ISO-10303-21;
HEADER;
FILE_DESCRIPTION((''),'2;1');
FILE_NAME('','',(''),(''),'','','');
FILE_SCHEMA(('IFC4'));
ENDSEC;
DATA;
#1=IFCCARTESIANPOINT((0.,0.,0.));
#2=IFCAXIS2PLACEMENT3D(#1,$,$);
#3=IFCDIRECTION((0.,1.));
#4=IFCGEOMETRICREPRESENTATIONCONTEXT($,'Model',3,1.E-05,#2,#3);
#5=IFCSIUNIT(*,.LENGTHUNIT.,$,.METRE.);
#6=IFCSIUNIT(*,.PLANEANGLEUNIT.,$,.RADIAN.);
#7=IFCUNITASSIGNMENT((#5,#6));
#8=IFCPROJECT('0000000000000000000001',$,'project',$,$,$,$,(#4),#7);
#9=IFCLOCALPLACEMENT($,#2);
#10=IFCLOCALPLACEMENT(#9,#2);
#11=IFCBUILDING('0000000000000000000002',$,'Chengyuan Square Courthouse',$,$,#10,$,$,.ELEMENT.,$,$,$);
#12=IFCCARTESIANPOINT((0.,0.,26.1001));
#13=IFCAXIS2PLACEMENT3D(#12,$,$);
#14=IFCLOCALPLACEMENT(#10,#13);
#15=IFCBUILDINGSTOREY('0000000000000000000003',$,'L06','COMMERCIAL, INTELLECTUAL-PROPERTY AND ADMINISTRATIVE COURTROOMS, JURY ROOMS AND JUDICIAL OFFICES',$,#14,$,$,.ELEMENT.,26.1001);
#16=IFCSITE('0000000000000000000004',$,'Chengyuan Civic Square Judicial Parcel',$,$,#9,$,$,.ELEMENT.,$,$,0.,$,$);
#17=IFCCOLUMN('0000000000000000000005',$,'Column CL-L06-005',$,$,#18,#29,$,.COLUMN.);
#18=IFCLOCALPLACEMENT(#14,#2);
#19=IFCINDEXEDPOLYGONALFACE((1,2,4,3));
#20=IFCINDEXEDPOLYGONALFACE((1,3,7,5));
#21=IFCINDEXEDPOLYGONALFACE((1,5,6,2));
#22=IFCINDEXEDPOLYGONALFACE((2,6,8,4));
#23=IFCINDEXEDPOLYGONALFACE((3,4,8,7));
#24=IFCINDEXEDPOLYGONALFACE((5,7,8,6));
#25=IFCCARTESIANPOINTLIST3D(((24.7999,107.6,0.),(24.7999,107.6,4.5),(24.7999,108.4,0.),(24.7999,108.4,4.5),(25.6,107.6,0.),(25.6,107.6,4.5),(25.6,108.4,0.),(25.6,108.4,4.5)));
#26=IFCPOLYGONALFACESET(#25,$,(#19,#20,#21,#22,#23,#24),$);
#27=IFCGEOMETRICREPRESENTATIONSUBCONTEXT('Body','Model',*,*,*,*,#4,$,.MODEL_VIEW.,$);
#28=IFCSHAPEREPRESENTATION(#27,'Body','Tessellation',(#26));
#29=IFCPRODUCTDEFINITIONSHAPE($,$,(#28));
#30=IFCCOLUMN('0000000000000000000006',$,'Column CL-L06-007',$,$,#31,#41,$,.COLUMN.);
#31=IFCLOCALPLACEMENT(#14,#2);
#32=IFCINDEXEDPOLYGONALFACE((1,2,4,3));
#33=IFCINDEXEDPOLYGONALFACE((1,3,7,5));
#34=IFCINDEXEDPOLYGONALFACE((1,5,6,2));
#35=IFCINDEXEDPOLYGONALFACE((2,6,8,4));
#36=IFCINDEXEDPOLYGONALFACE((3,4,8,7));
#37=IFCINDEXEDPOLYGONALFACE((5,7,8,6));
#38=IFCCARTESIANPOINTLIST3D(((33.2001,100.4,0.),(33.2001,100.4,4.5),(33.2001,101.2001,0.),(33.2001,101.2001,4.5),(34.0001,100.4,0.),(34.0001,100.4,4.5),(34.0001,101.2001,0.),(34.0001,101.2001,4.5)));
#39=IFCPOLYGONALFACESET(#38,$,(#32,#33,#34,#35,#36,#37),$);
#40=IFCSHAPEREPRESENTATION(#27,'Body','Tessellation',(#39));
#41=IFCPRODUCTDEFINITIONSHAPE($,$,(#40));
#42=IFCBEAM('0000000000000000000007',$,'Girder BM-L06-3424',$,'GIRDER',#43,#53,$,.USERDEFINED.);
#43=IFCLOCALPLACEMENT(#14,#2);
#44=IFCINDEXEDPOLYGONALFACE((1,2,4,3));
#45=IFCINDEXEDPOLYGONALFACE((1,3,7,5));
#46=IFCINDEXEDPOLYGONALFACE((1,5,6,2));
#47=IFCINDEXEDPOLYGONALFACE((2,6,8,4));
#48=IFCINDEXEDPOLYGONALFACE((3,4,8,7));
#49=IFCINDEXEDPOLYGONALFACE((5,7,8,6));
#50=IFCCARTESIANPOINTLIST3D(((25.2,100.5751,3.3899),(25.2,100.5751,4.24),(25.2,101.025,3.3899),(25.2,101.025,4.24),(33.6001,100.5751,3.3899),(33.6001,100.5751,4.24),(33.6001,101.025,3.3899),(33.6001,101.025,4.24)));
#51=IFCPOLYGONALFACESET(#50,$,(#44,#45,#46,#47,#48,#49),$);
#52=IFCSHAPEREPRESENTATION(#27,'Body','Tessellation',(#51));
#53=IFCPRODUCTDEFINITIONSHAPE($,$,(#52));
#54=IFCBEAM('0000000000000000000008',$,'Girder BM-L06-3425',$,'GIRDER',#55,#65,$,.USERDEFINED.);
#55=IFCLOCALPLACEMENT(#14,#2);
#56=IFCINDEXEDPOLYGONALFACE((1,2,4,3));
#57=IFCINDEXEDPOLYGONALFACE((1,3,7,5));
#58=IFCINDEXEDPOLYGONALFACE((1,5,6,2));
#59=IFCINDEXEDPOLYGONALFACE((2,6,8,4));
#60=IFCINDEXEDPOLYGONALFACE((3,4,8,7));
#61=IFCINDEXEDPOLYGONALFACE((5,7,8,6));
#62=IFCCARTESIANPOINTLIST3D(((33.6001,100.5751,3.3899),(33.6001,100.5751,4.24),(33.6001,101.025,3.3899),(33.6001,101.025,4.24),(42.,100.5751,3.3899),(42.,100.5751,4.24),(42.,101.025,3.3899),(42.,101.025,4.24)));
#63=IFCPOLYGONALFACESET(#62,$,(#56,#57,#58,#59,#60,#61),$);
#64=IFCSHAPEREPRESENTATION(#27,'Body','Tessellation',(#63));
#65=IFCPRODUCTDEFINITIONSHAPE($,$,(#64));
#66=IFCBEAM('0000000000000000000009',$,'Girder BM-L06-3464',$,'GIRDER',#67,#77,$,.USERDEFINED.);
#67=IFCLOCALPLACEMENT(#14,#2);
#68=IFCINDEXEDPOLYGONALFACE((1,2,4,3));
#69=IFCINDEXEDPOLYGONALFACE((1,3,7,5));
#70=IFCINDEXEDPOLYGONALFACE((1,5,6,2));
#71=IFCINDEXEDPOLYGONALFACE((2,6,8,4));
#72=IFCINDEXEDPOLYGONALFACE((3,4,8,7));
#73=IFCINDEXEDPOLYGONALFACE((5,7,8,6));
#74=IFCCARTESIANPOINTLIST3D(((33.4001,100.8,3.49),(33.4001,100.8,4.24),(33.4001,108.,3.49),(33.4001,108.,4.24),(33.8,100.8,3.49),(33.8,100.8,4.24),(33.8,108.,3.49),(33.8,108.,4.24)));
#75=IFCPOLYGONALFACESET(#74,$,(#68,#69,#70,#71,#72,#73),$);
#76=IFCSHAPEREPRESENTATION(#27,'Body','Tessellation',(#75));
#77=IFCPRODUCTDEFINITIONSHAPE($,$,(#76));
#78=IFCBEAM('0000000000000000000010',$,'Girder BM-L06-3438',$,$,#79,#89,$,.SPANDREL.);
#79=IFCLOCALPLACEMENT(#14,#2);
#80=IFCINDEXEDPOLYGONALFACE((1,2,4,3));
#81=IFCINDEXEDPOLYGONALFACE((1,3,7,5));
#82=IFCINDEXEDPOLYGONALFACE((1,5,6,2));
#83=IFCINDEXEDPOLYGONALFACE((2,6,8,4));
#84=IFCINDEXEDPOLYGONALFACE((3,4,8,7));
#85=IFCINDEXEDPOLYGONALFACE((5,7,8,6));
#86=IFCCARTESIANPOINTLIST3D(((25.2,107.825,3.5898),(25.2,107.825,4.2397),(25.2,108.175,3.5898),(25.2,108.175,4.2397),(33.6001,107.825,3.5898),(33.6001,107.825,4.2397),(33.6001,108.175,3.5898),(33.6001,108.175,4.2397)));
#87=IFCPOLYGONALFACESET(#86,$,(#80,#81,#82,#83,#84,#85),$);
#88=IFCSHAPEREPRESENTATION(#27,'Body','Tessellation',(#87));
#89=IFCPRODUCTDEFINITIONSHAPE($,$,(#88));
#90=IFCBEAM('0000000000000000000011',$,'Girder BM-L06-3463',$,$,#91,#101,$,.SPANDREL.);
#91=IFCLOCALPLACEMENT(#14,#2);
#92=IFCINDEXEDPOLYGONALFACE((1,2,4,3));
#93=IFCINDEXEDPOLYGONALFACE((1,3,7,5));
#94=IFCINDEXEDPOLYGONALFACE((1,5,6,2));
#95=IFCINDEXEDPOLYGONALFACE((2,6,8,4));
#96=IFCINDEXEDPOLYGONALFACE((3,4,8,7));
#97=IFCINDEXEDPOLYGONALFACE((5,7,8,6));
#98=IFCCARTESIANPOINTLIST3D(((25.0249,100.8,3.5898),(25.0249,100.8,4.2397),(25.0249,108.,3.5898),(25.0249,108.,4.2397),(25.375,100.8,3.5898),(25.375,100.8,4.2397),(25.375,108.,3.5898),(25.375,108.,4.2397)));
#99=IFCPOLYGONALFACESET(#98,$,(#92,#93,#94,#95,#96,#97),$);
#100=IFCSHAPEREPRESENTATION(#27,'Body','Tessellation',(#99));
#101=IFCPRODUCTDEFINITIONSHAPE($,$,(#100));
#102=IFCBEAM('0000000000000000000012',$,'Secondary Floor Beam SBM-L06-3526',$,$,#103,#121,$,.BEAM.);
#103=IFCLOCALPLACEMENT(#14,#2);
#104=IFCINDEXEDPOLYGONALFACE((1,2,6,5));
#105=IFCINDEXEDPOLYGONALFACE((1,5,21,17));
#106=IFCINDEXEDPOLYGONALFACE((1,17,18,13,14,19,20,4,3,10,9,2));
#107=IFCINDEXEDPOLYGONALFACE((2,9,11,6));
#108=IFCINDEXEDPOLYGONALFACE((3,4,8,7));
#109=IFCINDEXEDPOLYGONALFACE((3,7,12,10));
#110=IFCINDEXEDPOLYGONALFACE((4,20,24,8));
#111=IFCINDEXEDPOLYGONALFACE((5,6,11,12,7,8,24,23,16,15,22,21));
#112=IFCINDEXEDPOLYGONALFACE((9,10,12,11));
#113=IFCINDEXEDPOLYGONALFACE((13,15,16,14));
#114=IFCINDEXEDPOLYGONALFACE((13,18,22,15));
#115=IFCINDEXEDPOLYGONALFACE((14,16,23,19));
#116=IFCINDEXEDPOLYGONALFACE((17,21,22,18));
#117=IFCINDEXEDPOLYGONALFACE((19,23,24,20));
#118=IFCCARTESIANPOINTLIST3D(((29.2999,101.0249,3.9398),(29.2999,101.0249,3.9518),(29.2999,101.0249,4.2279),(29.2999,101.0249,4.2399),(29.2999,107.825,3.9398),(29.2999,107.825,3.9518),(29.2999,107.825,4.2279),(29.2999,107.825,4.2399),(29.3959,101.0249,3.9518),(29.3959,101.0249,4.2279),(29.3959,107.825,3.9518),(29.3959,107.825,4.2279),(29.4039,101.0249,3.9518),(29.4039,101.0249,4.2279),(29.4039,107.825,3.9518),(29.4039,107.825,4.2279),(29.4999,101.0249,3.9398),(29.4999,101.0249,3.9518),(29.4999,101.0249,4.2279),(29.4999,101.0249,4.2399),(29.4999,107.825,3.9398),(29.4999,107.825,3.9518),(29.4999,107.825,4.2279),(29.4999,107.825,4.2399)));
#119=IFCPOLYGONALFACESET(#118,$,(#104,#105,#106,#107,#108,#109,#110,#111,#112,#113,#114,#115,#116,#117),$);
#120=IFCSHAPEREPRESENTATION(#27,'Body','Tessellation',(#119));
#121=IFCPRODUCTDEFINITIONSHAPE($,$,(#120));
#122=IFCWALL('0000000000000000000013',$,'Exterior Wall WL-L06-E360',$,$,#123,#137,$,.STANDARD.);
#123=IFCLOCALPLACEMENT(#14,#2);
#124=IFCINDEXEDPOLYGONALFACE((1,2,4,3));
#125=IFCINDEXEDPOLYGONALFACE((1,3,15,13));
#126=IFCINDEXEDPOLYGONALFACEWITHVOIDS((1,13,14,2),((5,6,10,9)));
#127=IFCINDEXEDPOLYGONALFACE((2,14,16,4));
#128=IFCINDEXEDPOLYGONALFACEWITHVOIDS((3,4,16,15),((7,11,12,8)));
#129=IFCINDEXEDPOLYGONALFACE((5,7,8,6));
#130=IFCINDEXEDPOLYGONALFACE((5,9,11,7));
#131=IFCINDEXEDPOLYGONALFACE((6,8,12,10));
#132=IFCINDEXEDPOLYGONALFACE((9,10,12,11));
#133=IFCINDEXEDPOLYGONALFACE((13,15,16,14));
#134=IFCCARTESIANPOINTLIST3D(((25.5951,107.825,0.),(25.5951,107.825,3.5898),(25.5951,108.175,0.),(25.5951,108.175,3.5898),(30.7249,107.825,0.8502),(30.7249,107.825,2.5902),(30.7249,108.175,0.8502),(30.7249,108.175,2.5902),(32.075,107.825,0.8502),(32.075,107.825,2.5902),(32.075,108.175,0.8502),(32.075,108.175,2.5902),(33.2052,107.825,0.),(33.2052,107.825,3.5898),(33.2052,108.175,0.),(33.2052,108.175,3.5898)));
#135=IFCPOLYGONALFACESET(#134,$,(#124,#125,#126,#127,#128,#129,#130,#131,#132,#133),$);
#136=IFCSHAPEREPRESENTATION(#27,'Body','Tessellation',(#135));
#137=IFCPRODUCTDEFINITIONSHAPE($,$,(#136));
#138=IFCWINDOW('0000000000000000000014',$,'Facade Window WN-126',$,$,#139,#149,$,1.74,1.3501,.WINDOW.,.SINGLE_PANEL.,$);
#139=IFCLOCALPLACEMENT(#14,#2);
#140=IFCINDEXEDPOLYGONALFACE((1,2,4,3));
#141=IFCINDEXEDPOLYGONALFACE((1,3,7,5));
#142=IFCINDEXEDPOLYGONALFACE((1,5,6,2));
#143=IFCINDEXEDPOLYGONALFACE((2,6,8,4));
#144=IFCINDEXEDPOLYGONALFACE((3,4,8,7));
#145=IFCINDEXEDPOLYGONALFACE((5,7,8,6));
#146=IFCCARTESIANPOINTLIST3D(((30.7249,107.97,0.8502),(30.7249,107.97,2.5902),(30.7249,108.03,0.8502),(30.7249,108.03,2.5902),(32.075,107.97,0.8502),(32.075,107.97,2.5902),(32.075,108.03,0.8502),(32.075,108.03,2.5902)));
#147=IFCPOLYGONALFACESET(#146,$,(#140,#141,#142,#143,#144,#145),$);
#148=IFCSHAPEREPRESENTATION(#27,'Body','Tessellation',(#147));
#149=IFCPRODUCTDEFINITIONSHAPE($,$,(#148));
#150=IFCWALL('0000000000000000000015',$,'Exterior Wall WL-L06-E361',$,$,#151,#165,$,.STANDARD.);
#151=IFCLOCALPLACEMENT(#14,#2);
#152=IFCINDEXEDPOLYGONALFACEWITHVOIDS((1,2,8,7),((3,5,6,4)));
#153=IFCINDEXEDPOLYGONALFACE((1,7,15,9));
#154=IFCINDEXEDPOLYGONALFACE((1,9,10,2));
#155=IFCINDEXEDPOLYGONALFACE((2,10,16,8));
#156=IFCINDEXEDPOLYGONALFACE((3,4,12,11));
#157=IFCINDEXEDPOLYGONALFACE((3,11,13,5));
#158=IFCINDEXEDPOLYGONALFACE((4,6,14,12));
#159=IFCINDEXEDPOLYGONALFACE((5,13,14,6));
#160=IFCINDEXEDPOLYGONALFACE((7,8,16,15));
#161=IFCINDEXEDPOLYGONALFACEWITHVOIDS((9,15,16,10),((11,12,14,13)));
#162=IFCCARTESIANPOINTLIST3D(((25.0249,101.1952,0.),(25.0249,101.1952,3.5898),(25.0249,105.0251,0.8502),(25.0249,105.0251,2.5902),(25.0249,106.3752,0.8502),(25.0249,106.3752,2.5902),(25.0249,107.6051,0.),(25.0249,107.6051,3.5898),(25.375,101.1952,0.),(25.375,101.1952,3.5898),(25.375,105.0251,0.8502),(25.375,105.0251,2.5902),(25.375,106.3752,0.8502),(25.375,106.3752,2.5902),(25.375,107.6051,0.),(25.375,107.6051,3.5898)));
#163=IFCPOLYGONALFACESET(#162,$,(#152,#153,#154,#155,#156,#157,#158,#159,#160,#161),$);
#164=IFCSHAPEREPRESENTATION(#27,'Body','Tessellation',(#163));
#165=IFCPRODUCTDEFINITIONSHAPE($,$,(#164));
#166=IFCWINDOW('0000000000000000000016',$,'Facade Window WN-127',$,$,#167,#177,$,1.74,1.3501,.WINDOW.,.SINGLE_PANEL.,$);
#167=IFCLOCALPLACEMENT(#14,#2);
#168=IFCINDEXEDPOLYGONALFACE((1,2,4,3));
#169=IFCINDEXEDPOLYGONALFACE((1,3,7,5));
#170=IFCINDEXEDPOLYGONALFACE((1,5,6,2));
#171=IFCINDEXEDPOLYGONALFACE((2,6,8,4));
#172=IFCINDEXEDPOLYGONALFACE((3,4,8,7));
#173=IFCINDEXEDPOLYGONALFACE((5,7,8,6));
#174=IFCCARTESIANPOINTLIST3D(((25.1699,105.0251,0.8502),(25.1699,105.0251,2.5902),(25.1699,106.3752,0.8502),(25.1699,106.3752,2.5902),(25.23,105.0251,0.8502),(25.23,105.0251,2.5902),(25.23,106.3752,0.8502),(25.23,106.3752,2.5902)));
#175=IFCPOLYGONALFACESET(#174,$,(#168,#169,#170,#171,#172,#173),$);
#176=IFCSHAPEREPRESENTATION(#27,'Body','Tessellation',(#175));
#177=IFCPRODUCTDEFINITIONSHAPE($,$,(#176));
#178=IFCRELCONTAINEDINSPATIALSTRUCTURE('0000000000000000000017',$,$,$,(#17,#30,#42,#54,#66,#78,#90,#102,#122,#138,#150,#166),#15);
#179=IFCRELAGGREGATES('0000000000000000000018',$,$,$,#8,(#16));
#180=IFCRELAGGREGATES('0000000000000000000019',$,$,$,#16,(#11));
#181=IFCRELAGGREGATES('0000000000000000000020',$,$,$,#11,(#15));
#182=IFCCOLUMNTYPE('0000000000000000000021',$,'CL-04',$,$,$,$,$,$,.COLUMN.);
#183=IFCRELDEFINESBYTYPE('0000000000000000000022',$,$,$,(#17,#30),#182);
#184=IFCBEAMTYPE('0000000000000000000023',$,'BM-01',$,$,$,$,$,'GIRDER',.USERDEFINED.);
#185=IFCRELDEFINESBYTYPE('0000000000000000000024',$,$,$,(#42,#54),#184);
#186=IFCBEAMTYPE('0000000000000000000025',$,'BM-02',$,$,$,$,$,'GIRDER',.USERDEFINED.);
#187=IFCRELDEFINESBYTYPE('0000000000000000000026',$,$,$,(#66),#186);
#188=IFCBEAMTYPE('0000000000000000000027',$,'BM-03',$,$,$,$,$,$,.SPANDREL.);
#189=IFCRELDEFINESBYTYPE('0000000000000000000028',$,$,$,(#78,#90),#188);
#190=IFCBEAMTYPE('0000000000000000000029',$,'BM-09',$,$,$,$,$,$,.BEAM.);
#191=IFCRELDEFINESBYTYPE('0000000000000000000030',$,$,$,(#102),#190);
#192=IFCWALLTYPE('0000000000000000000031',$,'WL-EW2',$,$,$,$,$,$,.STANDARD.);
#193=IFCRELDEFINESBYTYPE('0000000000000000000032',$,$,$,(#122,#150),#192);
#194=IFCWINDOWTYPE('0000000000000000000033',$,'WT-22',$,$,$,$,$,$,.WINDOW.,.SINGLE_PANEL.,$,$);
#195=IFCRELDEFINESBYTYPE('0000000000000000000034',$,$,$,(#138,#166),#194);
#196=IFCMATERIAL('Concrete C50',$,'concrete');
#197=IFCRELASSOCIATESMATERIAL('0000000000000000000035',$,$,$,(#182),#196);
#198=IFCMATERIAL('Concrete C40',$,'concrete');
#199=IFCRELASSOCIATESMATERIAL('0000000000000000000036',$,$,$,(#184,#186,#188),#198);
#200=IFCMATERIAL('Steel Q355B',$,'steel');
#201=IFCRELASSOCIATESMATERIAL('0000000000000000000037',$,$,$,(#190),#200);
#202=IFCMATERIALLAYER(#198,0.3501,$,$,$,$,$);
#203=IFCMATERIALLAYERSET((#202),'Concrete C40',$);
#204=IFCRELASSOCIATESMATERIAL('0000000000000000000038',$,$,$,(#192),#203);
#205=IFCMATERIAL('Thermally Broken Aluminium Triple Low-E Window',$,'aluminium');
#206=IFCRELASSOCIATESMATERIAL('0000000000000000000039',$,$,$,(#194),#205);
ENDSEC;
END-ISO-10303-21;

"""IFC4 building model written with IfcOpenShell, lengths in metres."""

from ifc_helpers import new_model, si_unit, direction, frame, frame_2d, origin, origin_2d, place, context, subcontext, project, spatial, rectangle, i_section, extrude, material, layer, layer_set, material_profile, profile_set, type_object, element, fill, save


model = new_model("IFC4")

# Units and contexts
model_context = context("Model", 3, precision=1e-05, world=origin(), true_north=direction((0.0, 1.0)))
body_context = subcontext(model_context, "Body", "Model", "MODEL_VIEW")
ifc_project = project(units=[si_unit("LENGTHUNIT", "METRE"), si_unit("PLANEANGLEUNIT", "RADIAN")], contexts=[model_context])

# Site, building, storey
site_placement = place(None, origin())
site = spatial("IfcSite", under=ifc_project, at=site_placement, Name="Chengyuan Civic Square Judicial Parcel", CompositionType="ELEMENT", RefElevation=0.0)
building_placement = place(site_placement, origin())
building = spatial("IfcBuilding", under=site, at=building_placement, Name="Chengyuan Square Courthouse", CompositionType="ELEMENT")
storey_placement = place(building_placement, frame((0.0, 0.0, 26.1001)))
storey = spatial("IfcBuildingStorey", under=building, at=storey_placement, Name="L06", Description="COMMERCIAL, INTELLECTUAL-PROPERTY AND ADMINISTRATIVE COURTROOMS, JURY ROOMS AND JUDICIAL OFFICES", CompositionType="ELEMENT", Elevation=26.1001)

# Columns
ifc_material_1 = material(Name="Concrete C50", Category="concrete")
ifc_material_profile_1 = material_profile(ifc_material_1, rectangle(XDim=0.8, YDim=0.8, at=origin_2d()), Name="RC-COL-800x800")
ifc_profile_set_1 = profile_set([ifc_material_profile_1], Name="Concrete C50")
column_type = type_object("IfcColumnType", Name="CL-04", PredefinedType="COLUMN", material=ifc_profile_set_1)
for number, where, z_axis, x_axis, name in (
    (1, (25.2, 108.0, 0.0), (0.0, 0.0, 1.0), (1.0, 0.0, 0.0), "Column CL-L06-005"),
    (2, (33.6001, 100.8, 0.0), (0.0, 0.0, 1.0), (1.0, 0.0, 0.0), "Column CL-L06-007"),
):
    element("IfcColumn", number, at=place(storey_placement, frame(where, z_axis=z_axis, x_axis=x_axis)), inside=storey, type_object=column_type, Name=name, PredefinedType="COLUMN", context=body_context, shape_type="SweptSolid", body=[
        extrude(rectangle(XDim=0.8, YDim=0.8, at=origin_2d()), origin(), (0.0, 0.0, 1.0), 4.5),
    ])

# Beams
ifc_material_2 = material(Name="Concrete C40", Category="concrete")
ifc_material_profile_2 = material_profile(ifc_material_2, rectangle(XDim=0.45, YDim=0.8501, at=origin_2d()), Name="RC-BM-450x850")
ifc_profile_set_2 = profile_set([ifc_material_profile_2], Name="Concrete C40")
beam_type_1 = type_object("IfcBeamType", Name="BM-01", ElementType="GIRDER", PredefinedType="USERDEFINED", material=ifc_profile_set_2)
beam_1_placement = place(storey_placement, frame((25.2, 100.8, 3.8149), z_axis=(1.0, 0.0, 0.0), x_axis=(0.0, 1.0, 0.0)))
element("IfcBeam", 3, at=beam_1_placement, inside=storey, type_object=beam_type_1, Name="Girder BM-L06-3424", ObjectType="GIRDER", PredefinedType="USERDEFINED", context=body_context, shape_type="SweptSolid", body=[
    extrude(rectangle(XDim=0.45, YDim=0.8501, at=origin_2d()), origin(), (0.0, 0.0, 1.0), 8.4001),
])
beam_2_placement = place(storey_placement, frame((33.6001, 100.8, 3.8149), z_axis=(1.0, 0.0, 0.0), x_axis=(0.0, 1.0, 0.0)))
element("IfcBeam", 4, at=beam_2_placement, inside=storey, type_object=beam_type_1, Name="Girder BM-L06-3425", ObjectType="GIRDER", PredefinedType="USERDEFINED", context=body_context, shape_type="SweptSolid", body=[
    extrude(rectangle(XDim=0.45, YDim=0.8501, at=origin_2d()), origin(), (0.0, 0.0, 1.0), 8.3999),
])
ifc_material_profile_3 = material_profile(ifc_material_2, rectangle(XDim=0.3999, YDim=0.75, at=origin_2d()), Name="RC-BM-400x750")
ifc_profile_set_3 = profile_set([ifc_material_profile_3], Name="Concrete C40")
beam_type_2 = type_object("IfcBeamType", Name="BM-02", ElementType="GIRDER", PredefinedType="USERDEFINED", material=ifc_profile_set_3)
beam_3_placement = place(storey_placement, frame((33.6001, 100.8, 3.865), z_axis=(0.0, 1.0, 0.0), x_axis=(-1.0, 0.0, 0.0)))
element("IfcBeam", 5, at=beam_3_placement, inside=storey, type_object=beam_type_2, Name="Girder BM-L06-3464", ObjectType="GIRDER", PredefinedType="USERDEFINED", context=body_context, shape_type="SweptSolid", body=[
    extrude(rectangle(XDim=0.3999, YDim=0.75, at=origin_2d()), origin(), (0.0, 0.0, 1.0), 7.2),
])
ifc_material_profile_4 = material_profile(ifc_material_2, rectangle(XDim=0.3501, YDim=0.6499, at=origin_2d()), Name="RC-BM-350x650")
ifc_profile_set_4 = profile_set([ifc_material_profile_4], Name="Concrete C40")
beam_type_3 = type_object("IfcBeamType", Name="BM-03", PredefinedType="SPANDREL", material=ifc_profile_set_4)
beam_4_placement = place(storey_placement, frame((25.2, 108.0, 3.9148), z_axis=(1.0, 0.0, 0.0), x_axis=(0.0, 1.0, 0.0)))
element("IfcBeam", 6, at=beam_4_placement, inside=storey, type_object=beam_type_3, Name="Girder BM-L06-3438", PredefinedType="SPANDREL", context=body_context, shape_type="SweptSolid", body=[
    extrude(rectangle(XDim=0.3501, YDim=0.6499, at=origin_2d()), origin(), (0.0, 0.0, 1.0), 8.4001),
])
beam_5_placement = place(storey_placement, frame((25.2, 100.8, 3.9148), z_axis=(0.0, 1.0, 0.0), x_axis=(-1.0, 0.0, 0.0)))
element("IfcBeam", 7, at=beam_5_placement, inside=storey, type_object=beam_type_3, Name="Girder BM-L06-3463", PredefinedType="SPANDREL", context=body_context, shape_type="SweptSolid", body=[
    extrude(rectangle(XDim=0.3501, YDim=0.6499, at=origin_2d()), origin(), (0.0, 0.0, 1.0), 7.2),
])
ifc_material_3 = material(Name="Steel Q355B", Category="steel")
ifc_material_profile_5 = material_profile(ifc_material_3, i_section(OverallWidth=0.2, OverallDepth=0.3, WebThickness=0.0081, FlangeThickness=0.012, at=origin_2d()), Name="HM 300x200x8x12")
ifc_profile_set_5 = profile_set([ifc_material_profile_5], Name="Steel Q355B")
beam_type_4 = type_object("IfcBeamType", Name="BM-09", PredefinedType="BEAM", material=ifc_profile_set_5)
beam_6_placement = place(storey_placement, frame((29.3999, 101.0249, 4.0898), z_axis=(0.0, 1.0, 0.0), x_axis=(-1.0, 0.0, 0.0)))
element("IfcBeam", 8, at=beam_6_placement, inside=storey, type_object=beam_type_4, Name="Secondary Floor Beam SBM-L06-3526", PredefinedType="BEAM", context=body_context, shape_type="SweptSolid", body=[
    extrude(i_section(OverallWidth=0.2, OverallDepth=0.3, WebThickness=0.0081, FlangeThickness=0.012, at=origin_2d()), origin(), (0.0, 0.0, 1.0), 6.8),
])

# Walls, openings, windows
ifc_layer_1 = layer(ifc_material_2, 0.3501)
ifc_layer_set_1 = layer_set([ifc_layer_1], Name="Concrete C40")
wall_type_1 = type_object("IfcWallType", Name="WL-EW2", PredefinedType="STANDARD", material=ifc_layer_set_1)
wall_1_placement = place(storey_placement, frame((25.595, 108.0, 0.0), z_axis=(0.0, 0.0, 1.0), x_axis=(1.0, 0.0, 0.0)))
wall_1 = element("IfcWall", 9, at=wall_1_placement, inside=storey, type_object=wall_type_1, Name="Exterior Wall WL-L06-E360", PredefinedType="STANDARD", context=body_context, shape_type="SweptSolid", body=[
    extrude(rectangle(XDim=7.6101, YDim=0.3501, at=frame_2d((3.8052, 0.0))), origin(), (0.0, 0.0, 1.0), 3.5898),
])
opening_1_placement = place(wall_1_placement, frame((5.1299, 0.0, 0.8501)))
opening_1 = element("IfcOpeningElement", 10, at=opening_1_placement, cuts=wall_1, PredefinedType="OPENING", context=body_context, shape_type="SweptSolid", body=[
    extrude(rectangle(XDim=1.3501, YDim=1.74, at=frame_2d((0.675, 0.8701))), frame((0.0, 0.187, 0.0), z_axis=(0.0, -1.0, 0.0), x_axis=(1.0, 0.0, 0.0)), (0.0, 0.0, 1.0), 0.374),
])
ifc_material_4 = material(Name="Thermally Broken Aluminium Triple Low-E Window", Category="aluminium")
window_type = type_object("IfcWindowType", Name="WT-22", PartitioningType="SINGLE_PANEL", PredefinedType="WINDOW", material=ifc_material_4)
window_1_placement = place(opening_1_placement, origin())
window_1 = element("IfcWindow", 11, at=window_1_placement, inside=storey, type_object=window_type, Name="Facade Window WN-126", OverallHeight=1.74, OverallWidth=1.3501, PartitioningType="SINGLE_PANEL", PredefinedType="WINDOW", context=body_context, shape_type="SweptSolid", body=[
    extrude(rectangle(XDim=1.3501, YDim=1.74, at=frame_2d((0.675, 0.8701))), frame((0.0, 0.03, 0.0), z_axis=(0.0, -1.0, 0.0), x_axis=(1.0, 0.0, 0.0)), (0.0, 0.0, 1.0), 0.0601),
])
fill(opening_1, window_1)
wall_2_placement = place(storey_placement, frame((25.2, 101.1951, 0.0), z_axis=(0.0, 0.0, 1.0), x_axis=(0.0, 1.0, 0.0)))
wall_2 = element("IfcWall", 12, at=wall_2_placement, inside=storey, type_object=wall_type_1, Name="Exterior Wall WL-L06-E361", PredefinedType="STANDARD", context=body_context, shape_type="SweptSolid", body=[
    extrude(rectangle(XDim=6.4099, YDim=0.3501, at=frame_2d((3.2051, 0.0))), origin(), (0.0, 0.0, 1.0), 3.5898),
])
opening_2_placement = place(wall_2_placement, frame((3.8301, 0.0, 0.8501)))
opening_2 = element("IfcOpeningElement", 13, at=opening_2_placement, cuts=wall_2, PredefinedType="OPENING", context=body_context, shape_type="SweptSolid", body=[
    extrude(rectangle(XDim=1.3501, YDim=1.74, at=frame_2d((0.675, 0.8701))), frame((0.0, 0.187, 0.0), z_axis=(0.0, -1.0, 0.0), x_axis=(1.0, 0.0, 0.0)), (0.0, 0.0, 1.0), 0.374),
])
window_2_placement = place(opening_2_placement, origin())
window_2 = element("IfcWindow", 14, at=window_2_placement, inside=storey, type_object=window_type, Name="Facade Window WN-127", OverallHeight=1.74, OverallWidth=1.3501, PartitioningType="SINGLE_PANEL", PredefinedType="WINDOW", context=body_context, shape_type="SweptSolid", body=[
    extrude(rectangle(XDim=1.3501, YDim=1.74, at=frame_2d((0.675, 0.8701))), frame((0.0, 0.03, 0.0), z_axis=(0.0, -1.0, 0.0), x_axis=(1.0, 0.0, 0.0)), (0.0, 0.0, 1.0), 0.0601),
])
fill(opening_2, window_2)

save(model, "model.ifc")
